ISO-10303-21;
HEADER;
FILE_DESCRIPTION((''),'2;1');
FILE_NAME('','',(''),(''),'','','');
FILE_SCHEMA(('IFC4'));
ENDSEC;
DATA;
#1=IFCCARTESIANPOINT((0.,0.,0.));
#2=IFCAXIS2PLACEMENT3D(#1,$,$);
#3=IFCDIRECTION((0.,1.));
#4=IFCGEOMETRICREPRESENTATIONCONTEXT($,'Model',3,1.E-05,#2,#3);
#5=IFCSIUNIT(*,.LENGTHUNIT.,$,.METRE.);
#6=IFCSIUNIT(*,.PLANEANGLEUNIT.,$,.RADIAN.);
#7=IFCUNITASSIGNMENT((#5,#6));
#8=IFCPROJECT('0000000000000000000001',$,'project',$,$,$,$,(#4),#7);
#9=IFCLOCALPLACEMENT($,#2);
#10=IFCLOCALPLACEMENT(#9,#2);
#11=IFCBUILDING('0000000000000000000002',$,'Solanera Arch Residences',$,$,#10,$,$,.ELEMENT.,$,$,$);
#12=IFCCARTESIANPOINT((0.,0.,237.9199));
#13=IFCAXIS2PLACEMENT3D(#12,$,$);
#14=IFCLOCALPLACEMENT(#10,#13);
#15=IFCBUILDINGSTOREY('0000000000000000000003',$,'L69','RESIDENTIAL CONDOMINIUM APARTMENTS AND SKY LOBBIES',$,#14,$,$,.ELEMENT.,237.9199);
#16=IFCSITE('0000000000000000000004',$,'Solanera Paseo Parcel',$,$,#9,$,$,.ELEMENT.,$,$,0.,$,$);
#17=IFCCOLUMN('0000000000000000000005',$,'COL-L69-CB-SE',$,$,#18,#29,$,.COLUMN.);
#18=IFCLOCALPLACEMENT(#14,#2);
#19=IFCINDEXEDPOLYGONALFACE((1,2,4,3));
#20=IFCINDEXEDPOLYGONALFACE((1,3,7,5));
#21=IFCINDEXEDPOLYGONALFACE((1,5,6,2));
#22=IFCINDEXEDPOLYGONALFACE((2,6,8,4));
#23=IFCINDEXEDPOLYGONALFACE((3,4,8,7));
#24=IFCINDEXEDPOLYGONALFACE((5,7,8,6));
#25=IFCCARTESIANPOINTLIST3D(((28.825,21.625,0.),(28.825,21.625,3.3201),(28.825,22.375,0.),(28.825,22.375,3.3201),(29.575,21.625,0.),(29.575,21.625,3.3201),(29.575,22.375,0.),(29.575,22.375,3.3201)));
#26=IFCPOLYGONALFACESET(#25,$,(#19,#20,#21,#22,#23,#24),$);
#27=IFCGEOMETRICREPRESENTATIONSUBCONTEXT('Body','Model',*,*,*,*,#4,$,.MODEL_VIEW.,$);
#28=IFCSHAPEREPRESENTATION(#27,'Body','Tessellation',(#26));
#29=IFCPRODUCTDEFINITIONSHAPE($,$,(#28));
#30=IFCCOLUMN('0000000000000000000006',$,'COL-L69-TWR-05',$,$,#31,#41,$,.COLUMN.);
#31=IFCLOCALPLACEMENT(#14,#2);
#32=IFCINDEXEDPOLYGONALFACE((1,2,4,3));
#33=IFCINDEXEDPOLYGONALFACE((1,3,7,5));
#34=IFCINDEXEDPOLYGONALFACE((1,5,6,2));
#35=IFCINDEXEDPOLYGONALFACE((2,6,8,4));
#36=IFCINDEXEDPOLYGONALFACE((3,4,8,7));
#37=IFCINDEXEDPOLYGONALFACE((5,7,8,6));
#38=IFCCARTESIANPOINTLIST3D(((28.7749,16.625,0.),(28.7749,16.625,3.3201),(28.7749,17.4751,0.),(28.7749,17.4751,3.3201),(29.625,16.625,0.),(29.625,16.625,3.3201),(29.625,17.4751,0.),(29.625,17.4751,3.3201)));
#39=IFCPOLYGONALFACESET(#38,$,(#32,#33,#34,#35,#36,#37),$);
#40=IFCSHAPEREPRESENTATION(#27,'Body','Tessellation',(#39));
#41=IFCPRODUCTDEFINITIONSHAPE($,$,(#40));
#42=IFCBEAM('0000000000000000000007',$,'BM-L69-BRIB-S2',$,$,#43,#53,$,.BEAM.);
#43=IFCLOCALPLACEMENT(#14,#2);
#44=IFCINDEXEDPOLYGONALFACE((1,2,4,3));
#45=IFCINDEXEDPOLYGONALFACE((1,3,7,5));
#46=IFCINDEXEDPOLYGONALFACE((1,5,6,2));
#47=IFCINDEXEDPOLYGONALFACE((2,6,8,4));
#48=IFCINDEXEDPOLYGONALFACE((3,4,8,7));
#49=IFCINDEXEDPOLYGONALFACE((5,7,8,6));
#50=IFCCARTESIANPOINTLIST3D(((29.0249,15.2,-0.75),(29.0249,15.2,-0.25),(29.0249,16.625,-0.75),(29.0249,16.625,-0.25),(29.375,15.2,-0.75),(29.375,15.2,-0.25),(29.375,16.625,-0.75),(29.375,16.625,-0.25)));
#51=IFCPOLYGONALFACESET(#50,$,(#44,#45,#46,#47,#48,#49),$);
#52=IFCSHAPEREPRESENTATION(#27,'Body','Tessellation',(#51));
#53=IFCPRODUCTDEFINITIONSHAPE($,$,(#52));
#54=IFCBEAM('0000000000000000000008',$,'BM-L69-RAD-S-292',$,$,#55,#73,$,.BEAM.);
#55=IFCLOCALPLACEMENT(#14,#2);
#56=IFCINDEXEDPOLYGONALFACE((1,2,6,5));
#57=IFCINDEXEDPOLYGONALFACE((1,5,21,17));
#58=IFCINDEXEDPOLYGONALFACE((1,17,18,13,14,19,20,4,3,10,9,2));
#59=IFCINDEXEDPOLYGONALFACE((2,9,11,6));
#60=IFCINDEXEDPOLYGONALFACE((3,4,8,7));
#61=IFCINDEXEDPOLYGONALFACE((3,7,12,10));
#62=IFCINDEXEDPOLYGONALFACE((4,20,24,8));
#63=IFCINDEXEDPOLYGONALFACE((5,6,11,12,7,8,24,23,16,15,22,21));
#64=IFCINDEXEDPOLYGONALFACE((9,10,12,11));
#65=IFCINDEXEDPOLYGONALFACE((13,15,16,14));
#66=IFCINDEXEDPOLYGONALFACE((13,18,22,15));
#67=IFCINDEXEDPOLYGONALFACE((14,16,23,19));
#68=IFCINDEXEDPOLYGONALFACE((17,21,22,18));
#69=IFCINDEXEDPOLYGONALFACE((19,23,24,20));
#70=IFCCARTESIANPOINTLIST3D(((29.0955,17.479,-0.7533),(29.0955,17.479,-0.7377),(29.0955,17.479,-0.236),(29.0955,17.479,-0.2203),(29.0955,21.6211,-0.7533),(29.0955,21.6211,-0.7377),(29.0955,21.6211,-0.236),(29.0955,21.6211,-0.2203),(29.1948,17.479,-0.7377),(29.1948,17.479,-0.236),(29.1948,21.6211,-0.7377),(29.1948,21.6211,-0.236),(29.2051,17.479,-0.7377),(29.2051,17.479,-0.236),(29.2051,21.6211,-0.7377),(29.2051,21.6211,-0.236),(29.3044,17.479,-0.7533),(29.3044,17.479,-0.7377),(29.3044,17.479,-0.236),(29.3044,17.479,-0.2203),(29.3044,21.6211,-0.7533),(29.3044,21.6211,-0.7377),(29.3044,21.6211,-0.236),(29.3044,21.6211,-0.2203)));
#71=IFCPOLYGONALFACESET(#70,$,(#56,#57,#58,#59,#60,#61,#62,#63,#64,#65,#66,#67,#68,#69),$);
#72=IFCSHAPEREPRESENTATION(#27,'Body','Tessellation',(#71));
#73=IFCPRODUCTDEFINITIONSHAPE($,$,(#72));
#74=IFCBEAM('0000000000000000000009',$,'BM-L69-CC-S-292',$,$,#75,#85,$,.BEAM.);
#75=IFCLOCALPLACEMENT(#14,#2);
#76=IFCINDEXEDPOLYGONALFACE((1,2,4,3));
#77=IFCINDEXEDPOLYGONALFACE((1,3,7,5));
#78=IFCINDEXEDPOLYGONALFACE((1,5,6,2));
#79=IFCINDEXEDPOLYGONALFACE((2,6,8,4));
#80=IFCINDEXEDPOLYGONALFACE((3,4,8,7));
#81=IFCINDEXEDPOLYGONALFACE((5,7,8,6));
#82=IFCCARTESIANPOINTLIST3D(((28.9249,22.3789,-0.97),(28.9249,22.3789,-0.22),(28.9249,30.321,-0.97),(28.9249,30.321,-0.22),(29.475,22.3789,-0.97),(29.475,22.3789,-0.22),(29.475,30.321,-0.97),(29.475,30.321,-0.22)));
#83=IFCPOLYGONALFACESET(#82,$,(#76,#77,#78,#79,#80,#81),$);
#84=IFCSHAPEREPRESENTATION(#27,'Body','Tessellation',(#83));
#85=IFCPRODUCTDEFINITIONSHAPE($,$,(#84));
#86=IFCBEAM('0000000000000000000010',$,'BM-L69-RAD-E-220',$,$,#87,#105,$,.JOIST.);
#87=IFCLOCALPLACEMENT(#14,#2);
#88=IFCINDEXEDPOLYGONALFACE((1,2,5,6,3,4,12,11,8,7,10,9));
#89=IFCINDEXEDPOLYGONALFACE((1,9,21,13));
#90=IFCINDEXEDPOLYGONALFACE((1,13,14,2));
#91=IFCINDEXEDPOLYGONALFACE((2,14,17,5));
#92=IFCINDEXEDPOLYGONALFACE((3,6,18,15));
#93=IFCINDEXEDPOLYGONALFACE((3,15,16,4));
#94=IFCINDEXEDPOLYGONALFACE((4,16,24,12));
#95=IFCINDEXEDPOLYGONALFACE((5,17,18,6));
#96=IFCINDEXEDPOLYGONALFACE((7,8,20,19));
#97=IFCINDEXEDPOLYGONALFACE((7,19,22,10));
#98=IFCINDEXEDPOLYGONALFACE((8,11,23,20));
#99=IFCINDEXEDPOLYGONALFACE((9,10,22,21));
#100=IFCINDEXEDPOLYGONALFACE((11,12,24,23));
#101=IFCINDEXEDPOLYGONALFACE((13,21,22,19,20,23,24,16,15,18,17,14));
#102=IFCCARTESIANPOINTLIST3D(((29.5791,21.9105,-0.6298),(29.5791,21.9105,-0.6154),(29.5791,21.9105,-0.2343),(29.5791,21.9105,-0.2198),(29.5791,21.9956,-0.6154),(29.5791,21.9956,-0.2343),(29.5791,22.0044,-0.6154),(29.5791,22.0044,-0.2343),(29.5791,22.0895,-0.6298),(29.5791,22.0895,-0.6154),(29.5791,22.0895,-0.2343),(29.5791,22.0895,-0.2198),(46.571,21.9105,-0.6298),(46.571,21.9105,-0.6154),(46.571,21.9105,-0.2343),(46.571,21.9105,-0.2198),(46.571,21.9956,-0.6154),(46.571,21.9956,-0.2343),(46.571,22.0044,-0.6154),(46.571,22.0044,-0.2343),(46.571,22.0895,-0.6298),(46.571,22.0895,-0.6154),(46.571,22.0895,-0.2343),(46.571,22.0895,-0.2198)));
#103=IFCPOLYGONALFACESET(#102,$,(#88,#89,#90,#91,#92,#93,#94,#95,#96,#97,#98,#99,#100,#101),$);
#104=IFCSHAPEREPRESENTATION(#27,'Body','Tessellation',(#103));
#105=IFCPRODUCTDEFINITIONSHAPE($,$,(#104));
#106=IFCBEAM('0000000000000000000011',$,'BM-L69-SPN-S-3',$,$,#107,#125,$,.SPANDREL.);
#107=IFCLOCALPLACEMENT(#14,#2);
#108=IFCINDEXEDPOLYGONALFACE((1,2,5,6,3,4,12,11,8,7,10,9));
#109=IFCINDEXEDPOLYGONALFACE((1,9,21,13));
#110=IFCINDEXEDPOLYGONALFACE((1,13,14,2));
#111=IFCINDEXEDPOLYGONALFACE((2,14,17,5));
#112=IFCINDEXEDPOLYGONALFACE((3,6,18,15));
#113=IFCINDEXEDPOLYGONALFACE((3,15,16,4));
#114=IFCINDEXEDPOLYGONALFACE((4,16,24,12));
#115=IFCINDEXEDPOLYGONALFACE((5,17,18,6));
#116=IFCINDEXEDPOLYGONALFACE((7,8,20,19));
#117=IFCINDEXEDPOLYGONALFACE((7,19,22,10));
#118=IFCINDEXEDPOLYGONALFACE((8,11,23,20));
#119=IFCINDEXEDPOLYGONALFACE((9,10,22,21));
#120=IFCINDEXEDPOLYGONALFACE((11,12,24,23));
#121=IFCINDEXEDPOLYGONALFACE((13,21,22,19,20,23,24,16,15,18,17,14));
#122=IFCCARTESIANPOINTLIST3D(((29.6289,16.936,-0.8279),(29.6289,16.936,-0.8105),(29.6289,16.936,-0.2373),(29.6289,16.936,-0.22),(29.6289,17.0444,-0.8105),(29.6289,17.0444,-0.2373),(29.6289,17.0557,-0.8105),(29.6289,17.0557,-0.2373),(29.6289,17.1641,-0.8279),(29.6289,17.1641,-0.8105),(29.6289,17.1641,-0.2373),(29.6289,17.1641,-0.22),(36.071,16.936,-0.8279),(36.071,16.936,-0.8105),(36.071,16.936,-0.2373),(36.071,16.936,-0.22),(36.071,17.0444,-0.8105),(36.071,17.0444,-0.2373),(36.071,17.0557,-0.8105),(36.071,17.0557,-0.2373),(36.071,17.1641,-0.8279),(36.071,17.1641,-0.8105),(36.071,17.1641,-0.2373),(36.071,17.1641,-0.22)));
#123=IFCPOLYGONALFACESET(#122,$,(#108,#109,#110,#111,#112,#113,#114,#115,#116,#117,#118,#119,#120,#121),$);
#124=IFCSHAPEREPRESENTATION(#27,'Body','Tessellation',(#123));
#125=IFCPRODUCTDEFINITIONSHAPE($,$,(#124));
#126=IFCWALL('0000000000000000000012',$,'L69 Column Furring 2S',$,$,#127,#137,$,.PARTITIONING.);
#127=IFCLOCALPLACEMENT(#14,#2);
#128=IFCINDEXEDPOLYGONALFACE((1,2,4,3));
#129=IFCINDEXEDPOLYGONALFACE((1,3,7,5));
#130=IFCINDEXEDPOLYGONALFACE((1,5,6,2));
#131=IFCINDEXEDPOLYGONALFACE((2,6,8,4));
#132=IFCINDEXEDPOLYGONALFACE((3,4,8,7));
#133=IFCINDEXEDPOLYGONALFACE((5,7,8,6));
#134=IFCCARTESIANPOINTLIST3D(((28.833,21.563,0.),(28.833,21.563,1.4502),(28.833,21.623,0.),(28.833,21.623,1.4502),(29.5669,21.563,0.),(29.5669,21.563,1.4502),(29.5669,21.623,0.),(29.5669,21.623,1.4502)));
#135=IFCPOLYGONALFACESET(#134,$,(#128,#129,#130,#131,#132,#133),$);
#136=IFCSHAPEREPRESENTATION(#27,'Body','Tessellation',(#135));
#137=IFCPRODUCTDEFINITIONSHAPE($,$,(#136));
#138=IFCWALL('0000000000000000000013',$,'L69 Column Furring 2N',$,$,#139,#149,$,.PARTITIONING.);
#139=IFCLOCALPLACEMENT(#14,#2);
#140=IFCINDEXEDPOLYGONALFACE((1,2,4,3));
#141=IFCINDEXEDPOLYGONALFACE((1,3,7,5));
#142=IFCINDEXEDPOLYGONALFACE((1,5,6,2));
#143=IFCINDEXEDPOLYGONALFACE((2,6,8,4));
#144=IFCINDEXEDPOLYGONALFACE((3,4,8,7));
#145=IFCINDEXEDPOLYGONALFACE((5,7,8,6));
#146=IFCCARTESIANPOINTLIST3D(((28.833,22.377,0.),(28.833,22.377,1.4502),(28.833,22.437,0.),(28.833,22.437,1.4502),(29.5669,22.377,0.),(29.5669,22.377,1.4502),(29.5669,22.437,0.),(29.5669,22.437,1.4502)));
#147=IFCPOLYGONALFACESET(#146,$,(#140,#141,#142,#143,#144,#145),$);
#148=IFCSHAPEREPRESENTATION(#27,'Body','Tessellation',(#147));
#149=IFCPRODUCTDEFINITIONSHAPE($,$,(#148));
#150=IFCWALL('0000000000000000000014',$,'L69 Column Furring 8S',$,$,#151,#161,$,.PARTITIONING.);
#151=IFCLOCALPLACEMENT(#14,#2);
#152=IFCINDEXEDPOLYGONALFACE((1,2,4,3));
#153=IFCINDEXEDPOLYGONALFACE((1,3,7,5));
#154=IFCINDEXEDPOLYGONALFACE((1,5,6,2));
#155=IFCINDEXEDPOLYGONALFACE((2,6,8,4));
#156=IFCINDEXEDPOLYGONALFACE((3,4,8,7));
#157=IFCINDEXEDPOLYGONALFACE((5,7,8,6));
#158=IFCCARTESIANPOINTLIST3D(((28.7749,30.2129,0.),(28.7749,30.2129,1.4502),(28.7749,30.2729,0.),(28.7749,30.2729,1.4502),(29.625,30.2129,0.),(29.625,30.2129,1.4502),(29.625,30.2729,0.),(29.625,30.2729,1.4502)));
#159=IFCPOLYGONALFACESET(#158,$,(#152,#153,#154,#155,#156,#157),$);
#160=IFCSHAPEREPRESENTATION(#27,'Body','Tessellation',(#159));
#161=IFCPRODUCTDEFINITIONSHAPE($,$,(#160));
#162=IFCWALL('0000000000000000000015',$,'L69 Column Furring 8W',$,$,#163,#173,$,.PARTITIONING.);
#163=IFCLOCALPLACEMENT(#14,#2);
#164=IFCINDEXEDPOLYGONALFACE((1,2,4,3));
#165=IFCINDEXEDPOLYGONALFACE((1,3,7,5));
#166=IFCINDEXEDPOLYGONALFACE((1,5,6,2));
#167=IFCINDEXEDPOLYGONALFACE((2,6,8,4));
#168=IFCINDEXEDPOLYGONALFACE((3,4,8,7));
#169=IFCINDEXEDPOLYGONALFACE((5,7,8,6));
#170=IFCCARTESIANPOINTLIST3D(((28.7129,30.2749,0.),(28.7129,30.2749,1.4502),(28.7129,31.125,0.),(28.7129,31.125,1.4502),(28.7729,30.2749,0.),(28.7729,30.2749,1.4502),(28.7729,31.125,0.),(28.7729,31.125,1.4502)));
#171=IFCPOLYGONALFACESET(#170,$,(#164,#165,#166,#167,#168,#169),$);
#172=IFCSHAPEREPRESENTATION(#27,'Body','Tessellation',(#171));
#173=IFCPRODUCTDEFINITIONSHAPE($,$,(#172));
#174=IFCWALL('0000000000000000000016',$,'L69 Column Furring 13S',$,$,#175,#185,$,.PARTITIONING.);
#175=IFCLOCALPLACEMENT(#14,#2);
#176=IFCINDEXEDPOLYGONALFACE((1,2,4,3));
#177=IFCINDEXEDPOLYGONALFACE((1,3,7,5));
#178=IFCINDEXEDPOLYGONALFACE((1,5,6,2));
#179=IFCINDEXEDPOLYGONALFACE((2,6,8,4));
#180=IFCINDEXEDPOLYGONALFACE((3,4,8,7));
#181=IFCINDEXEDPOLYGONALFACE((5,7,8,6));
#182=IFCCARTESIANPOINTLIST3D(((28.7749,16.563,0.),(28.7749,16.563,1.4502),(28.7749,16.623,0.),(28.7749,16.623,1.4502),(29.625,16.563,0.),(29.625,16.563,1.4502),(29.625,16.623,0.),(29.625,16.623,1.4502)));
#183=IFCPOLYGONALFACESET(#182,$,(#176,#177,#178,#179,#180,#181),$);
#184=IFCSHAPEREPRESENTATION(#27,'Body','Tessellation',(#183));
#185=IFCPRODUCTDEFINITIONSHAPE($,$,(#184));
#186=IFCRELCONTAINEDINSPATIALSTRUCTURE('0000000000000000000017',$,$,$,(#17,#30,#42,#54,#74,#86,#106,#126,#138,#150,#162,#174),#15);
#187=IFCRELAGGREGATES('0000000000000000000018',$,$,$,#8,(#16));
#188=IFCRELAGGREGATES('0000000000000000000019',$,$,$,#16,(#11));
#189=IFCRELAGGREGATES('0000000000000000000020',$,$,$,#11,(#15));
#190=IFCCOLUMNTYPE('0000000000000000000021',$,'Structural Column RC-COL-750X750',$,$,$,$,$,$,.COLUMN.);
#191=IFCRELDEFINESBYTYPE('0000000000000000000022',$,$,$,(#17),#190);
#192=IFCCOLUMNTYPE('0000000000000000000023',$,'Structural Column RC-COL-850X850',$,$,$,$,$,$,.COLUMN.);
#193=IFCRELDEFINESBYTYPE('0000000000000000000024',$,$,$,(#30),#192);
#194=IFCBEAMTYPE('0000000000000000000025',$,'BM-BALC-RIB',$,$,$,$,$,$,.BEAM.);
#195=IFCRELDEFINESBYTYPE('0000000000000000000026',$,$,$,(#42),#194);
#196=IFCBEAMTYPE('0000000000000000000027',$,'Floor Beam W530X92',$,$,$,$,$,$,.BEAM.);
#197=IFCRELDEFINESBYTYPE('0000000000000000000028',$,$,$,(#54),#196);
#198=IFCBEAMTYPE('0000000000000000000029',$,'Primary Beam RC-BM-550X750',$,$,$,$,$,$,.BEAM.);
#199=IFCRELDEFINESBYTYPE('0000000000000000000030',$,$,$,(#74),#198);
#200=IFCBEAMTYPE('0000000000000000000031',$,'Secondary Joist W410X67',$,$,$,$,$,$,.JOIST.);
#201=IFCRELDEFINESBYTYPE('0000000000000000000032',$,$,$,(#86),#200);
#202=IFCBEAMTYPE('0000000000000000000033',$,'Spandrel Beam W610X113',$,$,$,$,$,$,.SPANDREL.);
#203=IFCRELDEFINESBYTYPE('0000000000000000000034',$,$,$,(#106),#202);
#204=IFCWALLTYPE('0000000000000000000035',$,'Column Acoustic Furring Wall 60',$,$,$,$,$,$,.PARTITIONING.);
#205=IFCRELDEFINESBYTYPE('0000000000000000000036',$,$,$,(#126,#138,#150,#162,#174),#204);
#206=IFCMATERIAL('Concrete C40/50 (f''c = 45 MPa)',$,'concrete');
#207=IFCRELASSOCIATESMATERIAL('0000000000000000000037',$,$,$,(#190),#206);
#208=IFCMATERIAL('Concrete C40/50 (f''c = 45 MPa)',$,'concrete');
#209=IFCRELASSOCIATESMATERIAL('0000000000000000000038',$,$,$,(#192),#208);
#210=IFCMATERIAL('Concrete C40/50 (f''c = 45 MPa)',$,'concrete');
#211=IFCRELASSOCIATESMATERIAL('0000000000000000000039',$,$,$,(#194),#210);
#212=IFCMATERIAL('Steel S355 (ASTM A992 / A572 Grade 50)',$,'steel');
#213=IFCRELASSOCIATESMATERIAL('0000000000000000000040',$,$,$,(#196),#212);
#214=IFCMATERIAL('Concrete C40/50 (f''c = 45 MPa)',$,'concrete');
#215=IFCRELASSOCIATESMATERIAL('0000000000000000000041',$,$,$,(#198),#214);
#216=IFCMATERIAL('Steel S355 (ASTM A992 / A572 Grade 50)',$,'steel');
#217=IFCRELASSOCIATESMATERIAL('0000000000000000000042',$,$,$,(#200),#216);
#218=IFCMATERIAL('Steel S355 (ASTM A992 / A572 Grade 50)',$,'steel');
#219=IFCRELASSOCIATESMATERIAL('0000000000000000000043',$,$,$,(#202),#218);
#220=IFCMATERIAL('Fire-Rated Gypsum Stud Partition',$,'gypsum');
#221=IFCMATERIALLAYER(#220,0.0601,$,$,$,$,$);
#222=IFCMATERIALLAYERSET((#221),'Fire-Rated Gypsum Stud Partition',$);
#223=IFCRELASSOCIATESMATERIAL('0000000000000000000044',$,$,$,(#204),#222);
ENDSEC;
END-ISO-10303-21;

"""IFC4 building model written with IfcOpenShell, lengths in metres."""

from ifc_helpers import new_model, si_unit, direction, frame, frame_2d, origin, origin_2d, place, context, subcontext, project, spatial, rectangle, i_section, extrude, material, layer, layer_set, material_profile, profile_set, type_object, element, save


model = new_model("IFC4")

# Units and contexts
model_context = context("Model", 3, precision=1e-05, world=origin(), true_north=direction((0.0, 1.0)))
body_context = subcontext(model_context, "Body", "Model", "MODEL_VIEW")
ifc_project = project(units=[si_unit("LENGTHUNIT", "METRE"), si_unit("PLANEANGLEUNIT", "RADIAN")], contexts=[model_context])

# Site, building, storey
site_placement = place(None, origin())
site = spatial("IfcSite", under=ifc_project, at=site_placement, Name="Solanera Paseo Parcel", CompositionType="ELEMENT", RefElevation=0.0)
building_placement = place(site_placement, origin())
building = spatial("IfcBuilding", under=site, at=building_placement, Name="Solanera Arch Residences", CompositionType="ELEMENT")
storey_placement = place(building_placement, frame((0.0, 0.0, 237.9199)))
storey = spatial("IfcBuildingStorey", under=building, at=storey_placement, Name="L69", Description="RESIDENTIAL CONDOMINIUM APARTMENTS AND SKY LOBBIES", CompositionType="ELEMENT", Elevation=237.9199)

# Columns
ifc_material_1 = material(Name="Concrete C40/50 (f'c = 45 MPa)", Category="concrete")
ifc_material_profile_1 = material_profile(ifc_material_1, rectangle(XDim=0.75, YDim=0.75, at=origin_2d()))
ifc_profile_set_1 = profile_set([ifc_material_profile_1], Name="Concrete C40/50 (f'c = 45 MPa)")
column_type_1 = type_object("IfcColumnType", Name="Structural Column RC-COL-750X750", PredefinedType="COLUMN", material=ifc_profile_set_1)
column_1_placement = place(storey_placement, frame((29.2, 22.0, 0.0), z_axis=(0.0, 0.0, 1.0), x_axis=(1.0, 0.0, 0.0)))
element("IfcColumn", 1, at=column_1_placement, inside=storey, type_object=column_type_1, Name="COL-L69-CB-SE", PredefinedType="COLUMN", context=body_context, shape_type="SweptSolid", body=[
    extrude(rectangle(XDim=0.75, YDim=0.75, at=origin_2d()), origin(), (0.0, 0.0, 1.0), 3.3201),
])
ifc_material_2 = material(Name="Concrete C40/50 (f'c = 45 MPa)", Category="concrete")
ifc_material_profile_2 = material_profile(ifc_material_2, rectangle(XDim=0.8501, YDim=0.8501, at=origin_2d()))
ifc_profile_set_2 = profile_set([ifc_material_profile_2], Name="Concrete C40/50 (f'c = 45 MPa)")
column_type_2 = type_object("IfcColumnType", Name="Structural Column RC-COL-850X850", PredefinedType="COLUMN", material=ifc_profile_set_2)
column_2_placement = place(storey_placement, frame((29.2, 17.05, 0.0), z_axis=(0.0, 0.0, 1.0), x_axis=(1.0, 0.0, 0.0)))
element("IfcColumn", 2, at=column_2_placement, inside=storey, type_object=column_type_2, Name="COL-L69-TWR-05", PredefinedType="COLUMN", context=body_context, shape_type="SweptSolid", body=[
    extrude(rectangle(XDim=0.8501, YDim=0.8501, at=origin_2d()), origin(), (0.0, 0.0, 1.0), 3.3201),
])

# Beams
ifc_material_3 = material(Name="Concrete C40/50 (f'c = 45 MPa)", Category="concrete")
ifc_material_profile_3 = material_profile(ifc_material_3, rectangle(XDim=0.3501, YDim=0.5, at=origin_2d()))
ifc_profile_set_3 = profile_set([ifc_material_profile_3], Name="Concrete C40/50 (f'c = 45 MPa)")
beam_type_1 = type_object("IfcBeamType", Name="BM-BALC-RIB", PredefinedType="BEAM", material=ifc_profile_set_3)
beam_1_placement = place(storey_placement, frame((29.2, 15.2, -0.5), z_axis=(0.0, 1.0, 0.0), x_axis=(-1.0, 0.0, 0.0)))
element("IfcBeam", 3, at=beam_1_placement, inside=storey, type_object=beam_type_1, Name="BM-L69-BRIB-S2", PredefinedType="BEAM", context=body_context, shape_type="SweptSolid", body=[
    extrude(rectangle(XDim=0.3501, YDim=0.5, at=origin_2d()), origin(), (0.0, 0.0, 1.0), 1.425),
])
ifc_material_4 = material(Name="Steel S355 (ASTM A992 / A572 Grade 50)", Category="steel")
ifc_material_profile_4 = material_profile(ifc_material_4, i_section(OverallWidth=0.209, OverallDepth=0.533, WebThickness=0.0103, FlangeThickness=0.0156, at=origin_2d()))
ifc_profile_set_4 = profile_set([ifc_material_profile_4], Name="Steel S355 (ASTM A992 / A572 Grade 50)")
beam_type_2 = type_object("IfcBeamType", Name="Floor Beam W530X92", PredefinedType="BEAM", material=ifc_profile_set_4)
beam_2_placement = place(storey_placement, frame((29.2, 17.479, -0.4868), z_axis=(0.0, 1.0, 0.0), x_axis=(-1.0, 0.0, 0.0)))
element("IfcBeam", 4, at=beam_2_placement, inside=storey, type_object=beam_type_2, Name="BM-L69-RAD-S-292", PredefinedType="BEAM", context=body_context, shape_type="SweptSolid", body=[
    extrude(i_section(OverallWidth=0.209, OverallDepth=0.533, WebThickness=0.0103, FlangeThickness=0.0156, at=origin_2d()), origin(), (0.0, 0.0, 1.0), 4.1421),
])
ifc_material_5 = material(Name="Concrete C40/50 (f'c = 45 MPa)", Category="concrete")
ifc_material_profile_5 = material_profile(ifc_material_5, rectangle(XDim=0.55, YDim=0.75, at=origin_2d()))
ifc_profile_set_5 = profile_set([ifc_material_profile_5], Name="Concrete C40/50 (f'c = 45 MPa)")
beam_type_3 = type_object("IfcBeamType", Name="Primary Beam RC-BM-550X750", PredefinedType="BEAM", material=ifc_profile_set_5)
beam_3_placement = place(storey_placement, frame((29.2, 22.3789, -0.595), z_axis=(0.0, 1.0, 0.0), x_axis=(-1.0, 0.0, 0.0)))
element("IfcBeam", 5, at=beam_3_placement, inside=storey, type_object=beam_type_3, Name="BM-L69-CC-S-292", PredefinedType="BEAM", context=body_context, shape_type="SweptSolid", body=[
    extrude(rectangle(XDim=0.55, YDim=0.75, at=origin_2d()), origin(), (0.0, 0.0, 1.0), 7.9421),
])
ifc_material_6 = material(Name="Steel S355 (ASTM A992 / A572 Grade 50)", Category="steel")
ifc_material_profile_6 = material_profile(ifc_material_6, i_section(OverallWidth=0.179, OverallDepth=0.4099, WebThickness=0.0088, FlangeThickness=0.0144, at=origin_2d()))
ifc_profile_set_6 = profile_set([ifc_material_profile_6], Name="Steel S355 (ASTM A992 / A572 Grade 50)")
beam_type_4 = type_object("IfcBeamType", Name="Secondary Joist W410X67", PredefinedType="JOIST", material=ifc_profile_set_6)
beam_4_placement = place(storey_placement, frame((29.5791, 22.0, -0.4248), z_axis=(1.0, 0.0, 0.0), x_axis=(0.0, 1.0, 0.0)))
element("IfcBeam", 6, at=beam_4_placement, inside=storey, type_object=beam_type_4, Name="BM-L69-RAD-E-220", PredefinedType="JOIST", context=body_context, shape_type="SweptSolid", body=[
    extrude(i_section(OverallWidth=0.179, OverallDepth=0.4099, WebThickness=0.0088, FlangeThickness=0.0144, at=origin_2d()), origin(), (0.0, 0.0, 1.0), 16.9919),
])
ifc_material_7 = material(Name="Steel S355 (ASTM A992 / A572 Grade 50)", Category="steel")
ifc_material_profile_7 = material_profile(ifc_material_7, i_section(OverallWidth=0.228, OverallDepth=0.6079, WebThickness=0.0112, FlangeThickness=0.0173, at=origin_2d()))
ifc_profile_set_7 = profile_set([ifc_material_profile_7], Name="Steel S355 (ASTM A992 / A572 Grade 50)")
beam_type_5 = type_object("IfcBeamType", Name="Spandrel Beam W610X113", PredefinedType="SPANDREL", material=ifc_profile_set_7)
beam_5_placement = place(storey_placement, frame((29.6289, 17.05, -0.5239), z_axis=(1.0, 0.0, 0.0), x_axis=(0.0, 1.0, 0.0)))
element("IfcBeam", 7, at=beam_5_placement, inside=storey, type_object=beam_type_5, Name="BM-L69-SPN-S-3", PredefinedType="SPANDREL", context=body_context, shape_type="SweptSolid", body=[
    extrude(i_section(OverallWidth=0.228, OverallDepth=0.6079, WebThickness=0.0112, FlangeThickness=0.0173, at=origin_2d()), origin(), (0.0, 0.0, 1.0), 6.4421),
])

# Walls
ifc_material_8 = material(Name="Fire-Rated Gypsum Stud Partition", Category="gypsum")
ifc_layer_1 = layer(ifc_material_8, 0.0601)
ifc_layer_set_1 = layer_set([ifc_layer_1], Name="Fire-Rated Gypsum Stud Partition")
wall_type_1 = type_object("IfcWallType", Name="Column Acoustic Furring Wall 60", PredefinedType="PARTITIONING", material=ifc_layer_set_1)
for number, where, z_axis, x_axis, name in (
    (8, (28.833, 21.593, 0.0), (0.0, 0.0, 1.0), (1.0, 0.0, 0.0), "L69 Column Furring 2S"),
    (9, (28.833, 22.407, 0.0), (0.0, 0.0, 1.0), (1.0, 0.0, 0.0), "L69 Column Furring 2N"),
):
    element("IfcWall", number, at=place(storey_placement, frame(where, z_axis=z_axis, x_axis=x_axis)), inside=storey, type_object=wall_type_1, Name=name, PredefinedType="PARTITIONING", context=body_context, shape_type="SweptSolid", body=[
        extrude(rectangle(XDim=0.7339, YDim=0.0601, at=frame_2d((0.3669, 0.0))), origin(), (0.0, 0.0, 1.0), 1.4502),
    ])
for number, where, z_axis, x_axis, name in (
    (10, (28.7749, 30.2429, 0.0), (0.0, 0.0, 1.0), (1.0, 0.0, 0.0), "L69 Column Furring 8S"),
    (11, (28.7429, 30.2749, 0.0), (0.0, 0.0, 1.0), (0.0, 1.0, 0.0), "L69 Column Furring 8W"),
    (12, (28.7749, 16.593, 0.0), (0.0, 0.0, 1.0), (1.0, 0.0, 0.0), "L69 Column Furring 13S"),
):
    element("IfcWall", number, at=place(storey_placement, frame(where, z_axis=z_axis, x_axis=x_axis)), inside=storey, type_object=wall_type_1, Name=name, PredefinedType="PARTITIONING", context=body_context, shape_type="SweptSolid", body=[
        extrude(rectangle(XDim=0.8501, YDim=0.0601, at=frame_2d((0.425, 0.0))), origin(), (0.0, 0.0, 1.0), 1.4502),
    ])

save(model, "model.ifc")
